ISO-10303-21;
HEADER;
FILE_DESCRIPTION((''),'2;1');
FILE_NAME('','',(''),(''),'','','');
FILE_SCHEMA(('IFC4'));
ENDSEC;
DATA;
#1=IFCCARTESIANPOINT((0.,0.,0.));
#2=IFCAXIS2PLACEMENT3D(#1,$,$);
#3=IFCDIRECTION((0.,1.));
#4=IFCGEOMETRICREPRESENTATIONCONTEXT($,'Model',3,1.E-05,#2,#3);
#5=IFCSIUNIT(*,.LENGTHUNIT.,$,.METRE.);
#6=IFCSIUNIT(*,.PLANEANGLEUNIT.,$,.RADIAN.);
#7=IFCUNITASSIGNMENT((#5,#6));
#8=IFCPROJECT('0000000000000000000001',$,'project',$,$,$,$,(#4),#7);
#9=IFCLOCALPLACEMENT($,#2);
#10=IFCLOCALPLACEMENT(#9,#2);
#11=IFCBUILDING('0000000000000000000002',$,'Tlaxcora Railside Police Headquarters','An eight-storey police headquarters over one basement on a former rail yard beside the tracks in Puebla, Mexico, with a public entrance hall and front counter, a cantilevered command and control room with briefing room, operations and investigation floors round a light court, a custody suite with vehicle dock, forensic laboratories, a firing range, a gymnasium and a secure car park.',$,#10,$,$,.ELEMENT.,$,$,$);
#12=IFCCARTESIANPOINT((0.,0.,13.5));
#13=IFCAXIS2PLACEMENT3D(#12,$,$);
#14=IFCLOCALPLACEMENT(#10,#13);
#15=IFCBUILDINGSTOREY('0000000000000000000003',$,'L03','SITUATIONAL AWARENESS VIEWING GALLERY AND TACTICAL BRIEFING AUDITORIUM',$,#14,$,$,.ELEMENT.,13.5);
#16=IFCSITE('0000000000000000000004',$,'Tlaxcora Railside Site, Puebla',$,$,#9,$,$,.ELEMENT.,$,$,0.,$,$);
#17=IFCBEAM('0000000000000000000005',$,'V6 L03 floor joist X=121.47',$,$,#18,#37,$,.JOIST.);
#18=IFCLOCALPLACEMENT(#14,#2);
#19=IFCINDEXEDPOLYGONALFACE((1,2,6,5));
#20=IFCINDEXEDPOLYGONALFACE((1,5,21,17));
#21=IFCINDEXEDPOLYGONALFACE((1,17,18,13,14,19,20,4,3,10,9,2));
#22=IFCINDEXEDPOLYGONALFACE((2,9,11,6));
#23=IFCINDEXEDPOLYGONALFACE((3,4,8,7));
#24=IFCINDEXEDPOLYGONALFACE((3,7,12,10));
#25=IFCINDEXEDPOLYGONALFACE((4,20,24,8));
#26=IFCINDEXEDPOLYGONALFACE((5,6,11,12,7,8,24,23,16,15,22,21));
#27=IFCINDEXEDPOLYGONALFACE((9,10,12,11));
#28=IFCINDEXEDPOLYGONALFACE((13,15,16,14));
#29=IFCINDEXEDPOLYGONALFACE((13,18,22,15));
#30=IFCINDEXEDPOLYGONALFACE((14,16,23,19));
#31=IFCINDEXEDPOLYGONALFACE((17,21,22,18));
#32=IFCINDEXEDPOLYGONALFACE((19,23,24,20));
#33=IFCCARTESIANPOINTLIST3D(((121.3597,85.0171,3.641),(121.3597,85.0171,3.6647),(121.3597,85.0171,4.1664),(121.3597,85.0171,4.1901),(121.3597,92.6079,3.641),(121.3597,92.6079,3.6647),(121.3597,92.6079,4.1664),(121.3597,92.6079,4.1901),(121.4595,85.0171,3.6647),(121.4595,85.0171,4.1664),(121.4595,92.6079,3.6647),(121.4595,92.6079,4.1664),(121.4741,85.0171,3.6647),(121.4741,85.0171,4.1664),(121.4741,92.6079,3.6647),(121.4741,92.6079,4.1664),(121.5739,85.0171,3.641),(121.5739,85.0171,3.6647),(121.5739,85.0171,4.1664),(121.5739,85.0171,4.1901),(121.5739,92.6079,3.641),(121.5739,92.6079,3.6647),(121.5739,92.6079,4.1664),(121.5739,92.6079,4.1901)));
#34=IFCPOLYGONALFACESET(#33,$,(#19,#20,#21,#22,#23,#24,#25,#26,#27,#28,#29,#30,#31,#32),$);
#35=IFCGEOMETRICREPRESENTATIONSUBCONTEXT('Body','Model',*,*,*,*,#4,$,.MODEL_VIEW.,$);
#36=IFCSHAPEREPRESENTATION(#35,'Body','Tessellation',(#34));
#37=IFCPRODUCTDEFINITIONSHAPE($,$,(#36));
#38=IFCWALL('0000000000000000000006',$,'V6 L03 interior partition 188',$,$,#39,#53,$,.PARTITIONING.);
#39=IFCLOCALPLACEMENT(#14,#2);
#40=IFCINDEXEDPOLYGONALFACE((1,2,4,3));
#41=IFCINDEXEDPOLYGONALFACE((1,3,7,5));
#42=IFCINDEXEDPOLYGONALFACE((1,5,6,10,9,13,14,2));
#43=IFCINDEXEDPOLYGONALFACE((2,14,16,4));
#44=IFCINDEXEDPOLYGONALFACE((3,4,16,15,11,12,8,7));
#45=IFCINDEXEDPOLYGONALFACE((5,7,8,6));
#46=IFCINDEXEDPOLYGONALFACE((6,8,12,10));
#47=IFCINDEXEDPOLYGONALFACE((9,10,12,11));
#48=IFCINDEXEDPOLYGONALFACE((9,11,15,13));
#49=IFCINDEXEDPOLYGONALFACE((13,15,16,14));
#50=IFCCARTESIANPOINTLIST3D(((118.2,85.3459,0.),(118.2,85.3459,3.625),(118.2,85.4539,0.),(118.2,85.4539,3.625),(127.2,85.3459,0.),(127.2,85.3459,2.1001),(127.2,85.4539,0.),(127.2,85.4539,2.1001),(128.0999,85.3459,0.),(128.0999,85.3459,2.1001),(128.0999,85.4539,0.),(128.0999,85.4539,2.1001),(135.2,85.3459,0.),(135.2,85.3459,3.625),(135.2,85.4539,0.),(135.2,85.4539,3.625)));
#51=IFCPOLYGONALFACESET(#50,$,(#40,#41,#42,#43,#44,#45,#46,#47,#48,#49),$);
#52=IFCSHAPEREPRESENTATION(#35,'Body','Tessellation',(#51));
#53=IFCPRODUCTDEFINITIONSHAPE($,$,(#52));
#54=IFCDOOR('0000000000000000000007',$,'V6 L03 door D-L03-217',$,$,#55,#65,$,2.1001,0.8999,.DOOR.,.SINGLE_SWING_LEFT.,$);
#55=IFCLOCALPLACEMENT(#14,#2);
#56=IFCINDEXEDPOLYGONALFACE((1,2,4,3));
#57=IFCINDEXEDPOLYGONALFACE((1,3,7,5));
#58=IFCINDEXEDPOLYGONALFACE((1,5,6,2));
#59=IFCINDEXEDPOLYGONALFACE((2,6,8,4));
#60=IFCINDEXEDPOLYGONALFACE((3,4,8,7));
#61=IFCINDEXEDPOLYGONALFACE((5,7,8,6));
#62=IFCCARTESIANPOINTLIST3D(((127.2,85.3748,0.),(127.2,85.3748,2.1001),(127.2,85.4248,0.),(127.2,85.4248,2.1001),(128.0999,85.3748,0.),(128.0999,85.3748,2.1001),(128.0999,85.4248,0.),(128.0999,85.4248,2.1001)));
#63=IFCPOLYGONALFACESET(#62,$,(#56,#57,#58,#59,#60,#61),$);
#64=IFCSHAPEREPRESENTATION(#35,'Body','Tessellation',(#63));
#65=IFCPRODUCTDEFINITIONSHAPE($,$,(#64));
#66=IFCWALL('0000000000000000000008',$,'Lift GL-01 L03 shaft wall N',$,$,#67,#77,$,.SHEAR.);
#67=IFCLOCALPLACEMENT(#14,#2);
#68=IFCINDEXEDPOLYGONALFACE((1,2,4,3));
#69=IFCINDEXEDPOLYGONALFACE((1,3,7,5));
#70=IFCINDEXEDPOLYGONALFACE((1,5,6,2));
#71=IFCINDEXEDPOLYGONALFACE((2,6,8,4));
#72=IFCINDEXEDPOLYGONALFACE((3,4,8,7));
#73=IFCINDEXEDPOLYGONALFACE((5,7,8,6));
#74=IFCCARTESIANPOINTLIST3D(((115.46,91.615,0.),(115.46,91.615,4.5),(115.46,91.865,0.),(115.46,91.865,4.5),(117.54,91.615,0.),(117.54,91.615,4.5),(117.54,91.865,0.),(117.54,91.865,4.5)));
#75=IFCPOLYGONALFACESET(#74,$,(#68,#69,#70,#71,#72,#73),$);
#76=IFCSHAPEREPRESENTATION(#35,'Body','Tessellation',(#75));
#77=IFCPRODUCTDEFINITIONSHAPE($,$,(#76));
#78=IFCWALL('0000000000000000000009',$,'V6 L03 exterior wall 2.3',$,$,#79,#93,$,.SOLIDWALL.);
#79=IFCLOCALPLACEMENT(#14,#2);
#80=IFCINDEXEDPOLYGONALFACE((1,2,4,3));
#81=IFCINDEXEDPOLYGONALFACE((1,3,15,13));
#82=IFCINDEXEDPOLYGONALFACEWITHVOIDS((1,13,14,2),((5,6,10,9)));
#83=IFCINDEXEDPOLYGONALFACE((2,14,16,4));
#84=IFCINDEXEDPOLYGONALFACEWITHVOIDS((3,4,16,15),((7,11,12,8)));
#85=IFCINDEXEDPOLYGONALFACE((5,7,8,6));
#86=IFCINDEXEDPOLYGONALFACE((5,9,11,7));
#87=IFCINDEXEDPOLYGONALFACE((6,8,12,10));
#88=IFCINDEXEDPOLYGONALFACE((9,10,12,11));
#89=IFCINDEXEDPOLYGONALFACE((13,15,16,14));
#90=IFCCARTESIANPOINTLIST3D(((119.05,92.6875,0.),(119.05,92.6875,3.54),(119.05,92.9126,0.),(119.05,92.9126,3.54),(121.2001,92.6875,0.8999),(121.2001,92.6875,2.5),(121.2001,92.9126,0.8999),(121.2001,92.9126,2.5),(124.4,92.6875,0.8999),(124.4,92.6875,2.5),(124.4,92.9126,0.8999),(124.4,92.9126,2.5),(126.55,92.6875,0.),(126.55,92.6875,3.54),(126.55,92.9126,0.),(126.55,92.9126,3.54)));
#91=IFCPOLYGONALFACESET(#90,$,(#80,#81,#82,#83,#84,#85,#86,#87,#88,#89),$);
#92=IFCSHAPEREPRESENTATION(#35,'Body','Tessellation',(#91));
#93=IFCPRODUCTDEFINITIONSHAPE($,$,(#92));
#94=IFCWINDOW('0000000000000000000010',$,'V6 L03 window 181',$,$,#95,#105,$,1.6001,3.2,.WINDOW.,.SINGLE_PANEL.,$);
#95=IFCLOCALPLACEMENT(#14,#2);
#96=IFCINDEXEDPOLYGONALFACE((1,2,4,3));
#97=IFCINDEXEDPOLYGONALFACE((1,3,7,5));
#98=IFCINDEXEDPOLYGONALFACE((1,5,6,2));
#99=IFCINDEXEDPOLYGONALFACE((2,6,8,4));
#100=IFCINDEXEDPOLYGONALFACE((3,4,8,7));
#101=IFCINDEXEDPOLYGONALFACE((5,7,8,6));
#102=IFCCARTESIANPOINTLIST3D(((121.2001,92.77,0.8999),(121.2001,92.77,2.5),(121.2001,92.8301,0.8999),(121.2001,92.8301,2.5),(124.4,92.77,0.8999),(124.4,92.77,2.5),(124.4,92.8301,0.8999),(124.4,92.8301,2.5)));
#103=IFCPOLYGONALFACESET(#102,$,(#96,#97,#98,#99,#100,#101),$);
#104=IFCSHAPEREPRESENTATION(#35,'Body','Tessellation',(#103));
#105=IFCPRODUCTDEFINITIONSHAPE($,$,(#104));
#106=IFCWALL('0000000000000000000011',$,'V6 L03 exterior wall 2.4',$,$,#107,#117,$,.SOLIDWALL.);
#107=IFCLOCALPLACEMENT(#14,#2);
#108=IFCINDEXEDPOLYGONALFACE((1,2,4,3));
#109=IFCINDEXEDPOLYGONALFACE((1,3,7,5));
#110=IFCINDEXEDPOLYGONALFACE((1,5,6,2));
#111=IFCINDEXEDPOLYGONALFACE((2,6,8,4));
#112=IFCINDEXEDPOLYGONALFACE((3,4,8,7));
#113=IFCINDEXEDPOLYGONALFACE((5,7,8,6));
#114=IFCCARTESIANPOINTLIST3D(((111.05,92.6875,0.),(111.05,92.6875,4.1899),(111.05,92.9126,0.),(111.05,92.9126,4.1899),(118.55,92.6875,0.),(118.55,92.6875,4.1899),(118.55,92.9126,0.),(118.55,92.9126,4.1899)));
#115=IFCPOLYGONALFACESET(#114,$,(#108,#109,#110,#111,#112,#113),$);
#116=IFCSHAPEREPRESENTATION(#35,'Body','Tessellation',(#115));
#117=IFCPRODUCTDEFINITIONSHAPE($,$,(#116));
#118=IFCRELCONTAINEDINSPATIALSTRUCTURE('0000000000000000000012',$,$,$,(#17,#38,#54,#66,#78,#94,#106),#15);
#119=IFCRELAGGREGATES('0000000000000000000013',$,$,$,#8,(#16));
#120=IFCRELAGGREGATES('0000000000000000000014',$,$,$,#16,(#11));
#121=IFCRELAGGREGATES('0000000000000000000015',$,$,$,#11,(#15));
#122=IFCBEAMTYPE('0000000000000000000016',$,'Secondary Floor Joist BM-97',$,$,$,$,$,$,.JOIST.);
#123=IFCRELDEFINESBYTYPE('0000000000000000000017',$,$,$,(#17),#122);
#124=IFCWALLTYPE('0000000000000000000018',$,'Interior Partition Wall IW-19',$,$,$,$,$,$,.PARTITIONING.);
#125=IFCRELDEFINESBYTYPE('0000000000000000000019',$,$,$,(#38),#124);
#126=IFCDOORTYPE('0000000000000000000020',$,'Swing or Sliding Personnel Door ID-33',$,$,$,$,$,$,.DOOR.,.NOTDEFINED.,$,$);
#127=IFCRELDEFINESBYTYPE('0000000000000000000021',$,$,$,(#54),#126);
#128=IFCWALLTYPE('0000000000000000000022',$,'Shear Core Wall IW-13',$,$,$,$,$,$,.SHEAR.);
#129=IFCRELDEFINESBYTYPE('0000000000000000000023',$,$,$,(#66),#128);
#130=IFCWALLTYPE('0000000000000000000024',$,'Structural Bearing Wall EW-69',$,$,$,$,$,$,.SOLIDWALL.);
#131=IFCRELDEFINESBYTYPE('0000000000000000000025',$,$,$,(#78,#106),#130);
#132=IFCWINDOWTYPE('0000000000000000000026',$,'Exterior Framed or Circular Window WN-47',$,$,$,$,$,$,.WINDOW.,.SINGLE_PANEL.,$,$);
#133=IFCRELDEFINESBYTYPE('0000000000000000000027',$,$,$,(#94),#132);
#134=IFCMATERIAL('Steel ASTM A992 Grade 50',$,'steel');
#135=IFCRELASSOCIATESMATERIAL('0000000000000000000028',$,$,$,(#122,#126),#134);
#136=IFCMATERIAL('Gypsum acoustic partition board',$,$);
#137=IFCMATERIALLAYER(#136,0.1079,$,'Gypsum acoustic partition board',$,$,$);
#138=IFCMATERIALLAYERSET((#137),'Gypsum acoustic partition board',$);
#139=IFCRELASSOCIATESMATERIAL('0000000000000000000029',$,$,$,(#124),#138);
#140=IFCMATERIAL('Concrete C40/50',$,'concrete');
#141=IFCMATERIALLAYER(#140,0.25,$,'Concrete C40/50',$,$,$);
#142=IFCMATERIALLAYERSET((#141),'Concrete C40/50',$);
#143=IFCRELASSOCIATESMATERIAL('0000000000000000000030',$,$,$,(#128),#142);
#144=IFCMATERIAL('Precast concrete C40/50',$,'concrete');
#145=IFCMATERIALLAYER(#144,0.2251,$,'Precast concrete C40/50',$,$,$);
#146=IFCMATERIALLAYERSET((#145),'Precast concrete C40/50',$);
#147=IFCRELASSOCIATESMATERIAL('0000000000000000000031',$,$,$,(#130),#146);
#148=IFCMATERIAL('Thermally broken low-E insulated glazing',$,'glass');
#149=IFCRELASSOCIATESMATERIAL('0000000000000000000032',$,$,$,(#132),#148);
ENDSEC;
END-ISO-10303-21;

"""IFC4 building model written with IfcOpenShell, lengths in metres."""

from ifc_helpers import new_model, si_unit, direction, frame, frame_2d, origin, origin_2d, place, context, subcontext, project, spatial, rectangle, i_section, extrude, material, layer, layer_set, material_profile, profile_set, type_object, element, fill, save


model = new_model("IFC4")

# Units and contexts
model_context = context("Model", 3, precision=1e-05, world=origin(), true_north=direction((0.0, 1.0)))
body_context = subcontext(model_context, "Body", "Model", "MODEL_VIEW")
ifc_project = project(units=[si_unit("LENGTHUNIT", "METRE"), si_unit("PLANEANGLEUNIT", "RADIAN")], contexts=[model_context])

# Site, building, storey
site_placement = place(None, origin())
site = spatial("IfcSite", under=ifc_project, at=site_placement, Name="Tlaxcora Railside Site, Puebla", CompositionType="ELEMENT", RefElevation=0.0)
building_placement = place(site_placement, origin())
building = spatial("IfcBuilding", under=site, at=building_placement, Name="Tlaxcora Railside Police Headquarters", Description="An eight-storey police headquarters over one basement on a former rail yard beside the tracks in Puebla, Mexico, with a public entrance hall and front counter, a cantilevered command and control room with briefing room, operations and investigation floors round a light court, a custody suite with vehicle dock, forensic laboratories, a firing range, a gymnasium and a secure car park.", CompositionType="ELEMENT")
storey_placement = place(building_placement, frame((0.0, 0.0, 13.5)))
storey = spatial("IfcBuildingStorey", under=building, at=storey_placement, Name="L03", Description="SITUATIONAL AWARENESS VIEWING GALLERY AND TACTICAL BRIEFING AUDITORIUM", CompositionType="ELEMENT", Elevation=13.5)

# Shared definitions
ifc_material_1 = material(Name="Concrete C40/50", Category="concrete")

# Shared definitions
ifc_material_2 = material(Name="Thermally broken low-E insulated glazing", Category="glass")

# Beam
ifc_material_3 = material(Name="Steel ASTM A992 Grade 50", Category="steel")
ifc_material_profile_1 = material_profile(ifc_material_3, i_section(OverallWidth=0.2141, OverallDepth=0.5491, WebThickness=0.0146, FlangeThickness=0.0237, at=origin_2d()), Name="W21X93")
ifc_profile_set_1 = profile_set([ifc_material_profile_1], Name="Steel ASTM A992 Grade 50")
beam_type_1 = type_object("IfcBeamType", Name="Secondary Floor Joist BM-97", PredefinedType="JOIST", material=ifc_profile_set_1)
beam_1_placement = place(storey_placement, frame((121.4668, 85.0171, 3.9155), z_axis=(0.0, 1.0, 0.0), x_axis=(-1.0, 0.0, 0.0)))
element("IfcBeam", 1, at=beam_1_placement, inside=storey, type_object=beam_type_1, Name="V6 L03 floor joist X=121.47", PredefinedType="JOIST", context=body_context, shape_type="SweptSolid", body=[
    extrude(i_section(OverallWidth=0.2141, OverallDepth=0.5491, WebThickness=0.0146, FlangeThickness=0.0237, at=origin_2d()), origin(), (0.0, 0.0, 1.0), 7.5908),
])

# Wall, opening, door
ifc_material_4 = material(Name="Gypsum acoustic partition board")
ifc_layer_1 = layer(ifc_material_4, 0.1079, Name="Gypsum acoustic partition board")
ifc_layer_set_1 = layer_set([ifc_layer_1], Name="Gypsum acoustic partition board")
wall_type_1 = type_object("IfcWallType", Name="Interior Partition Wall IW-19", PredefinedType="PARTITIONING", material=ifc_layer_set_1)
wall_1_placement = place(storey_placement, frame((118.2, 85.3999, 0.0), z_axis=(0.0, 0.0, 1.0), x_axis=(1.0, 0.0, 0.0)))
wall_1 = element("IfcWall", 2, at=wall_1_placement, inside=storey, type_object=wall_type_1, Name="V6 L03 interior partition 188", PredefinedType="PARTITIONING", context=body_context, shape_type="SweptSolid", body=[
    extrude(rectangle(XDim=17.0, YDim=0.1079, at=frame_2d((8.5, 0.0))), origin(), (0.0, 0.0, 1.0), 3.625),
])
opening_1_placement = place(wall_1_placement, frame((9.0, 0.0, 0.0)))
opening_1 = element("IfcOpeningElement", 3, at=opening_1_placement, cuts=wall_1, PredefinedType="OPENING", context=body_context, shape_type="SweptSolid", body=[
    extrude(rectangle(XDim=0.8999, YDim=2.1001, at=frame_2d((0.45, 1.05))), frame((0.0, 0.064, 0.0), z_axis=(0.0, -1.0, 0.0), x_axis=(1.0, 0.0, 0.0)), (0.0, 0.0, 1.0), 0.1279),
])
door_type = type_object("IfcDoorType", Name="Swing or Sliding Personnel Door ID-33", OperationType="NOTDEFINED", PredefinedType="DOOR", material=ifc_material_3)
door_placement = place(opening_1_placement, origin())
door = element("IfcDoor", 4, at=door_placement, inside=storey, type_object=door_type, Name="V6 L03 door D-L03-217", OperationType="SINGLE_SWING_LEFT", OverallHeight=2.1001, OverallWidth=0.8999, PredefinedType="DOOR", context=body_context, shape_type="SweptSolid", body=[
    extrude(rectangle(XDim=0.8999, YDim=2.1001, at=frame_2d((0.45, 1.05))), frame((0.0, 0.0249, 0.0), z_axis=(0.0, -1.0, 0.0), x_axis=(1.0, 0.0, 0.0)), (0.0, 0.0, 1.0), 0.05),
])
fill(opening_1, door)

# Wall
ifc_layer_2 = layer(ifc_material_1, 0.25, Name="Concrete C40/50")
ifc_layer_set_2 = layer_set([ifc_layer_2], Name="Concrete C40/50")
wall_type_2 = type_object("IfcWallType", Name="Shear Core Wall IW-13", PredefinedType="SHEAR", material=ifc_layer_set_2)
wall_2_placement = place(storey_placement, frame((117.54, 91.74, 0.0), z_axis=(0.0, 0.0, 1.0), x_axis=(-1.0, 0.0, 0.0)))
element("IfcWall", 5, at=wall_2_placement, inside=storey, type_object=wall_type_2, Name="Lift GL-01 L03 shaft wall N", PredefinedType="SHEAR", context=body_context, shape_type="SweptSolid", body=[
    extrude(rectangle(XDim=2.0801, YDim=0.25, at=frame_2d((1.04, 0.0))), origin(), (0.0, 0.0, 1.0), 4.5),
])

# Wall, opening, window
ifc_material_5 = material(Name="Precast concrete C40/50", Category="concrete")
ifc_layer_3 = layer(ifc_material_5, 0.2251, Name="Precast concrete C40/50")
ifc_layer_set_3 = layer_set([ifc_layer_3], Name="Precast concrete C40/50")
wall_type_3 = type_object("IfcWallType", Name="Structural Bearing Wall EW-69", PredefinedType="SOLIDWALL", material=ifc_layer_set_3)
wall_3_placement = place(storey_placement, frame((126.55, 92.8, 0.0), z_axis=(0.0, 0.0, 1.0), x_axis=(-1.0, 0.0, 0.0)))
wall_3 = element("IfcWall", 6, at=wall_3_placement, inside=storey, type_object=wall_type_3, Name="V6 L03 exterior wall 2.3", PredefinedType="SOLIDWALL", context=body_context, shape_type="SweptSolid", body=[
    extrude(rectangle(XDim=7.5, YDim=0.2251, at=frame_2d((3.75, 0.0))), origin(), (0.0, 0.0, 1.0), 3.54),
])
opening_2_placement = place(wall_3_placement, frame((2.1499, 0.0, 0.8999)))
opening_2 = element("IfcOpeningElement", 7, at=opening_2_placement, cuts=wall_3, PredefinedType="OPENING", context=body_context, shape_type="SweptSolid", body=[
    extrude(rectangle(XDim=3.2, YDim=1.6001, at=frame_2d((1.6001, 0.8))), frame((0.0, 0.1226, 0.0), z_axis=(0.0, -1.0, 0.0), x_axis=(1.0, 0.0, 0.0)), (0.0, 0.0, 1.0), 0.2451),
])
window_type = type_object("IfcWindowType", Name="Exterior Framed or Circular Window WN-47", PartitioningType="SINGLE_PANEL", PredefinedType="WINDOW", material=ifc_material_2)
window_placement = place(opening_2_placement, origin())
window = element("IfcWindow", 8, at=window_placement, inside=storey, type_object=window_type, Name="V6 L03 window 181", OverallHeight=1.6001, OverallWidth=3.2, PartitioningType="SINGLE_PANEL", PredefinedType="WINDOW", context=body_context, shape_type="SweptSolid", body=[
    extrude(rectangle(XDim=3.2, YDim=1.6001, at=frame_2d((1.6001, 0.8))), frame((0.0, 0.03, 0.0), z_axis=(0.0, -1.0, 0.0), x_axis=(1.0, 0.0, 0.0)), (0.0, 0.0, 1.0), 0.0601),
])
fill(opening_2, window)

# Wall
wall_4_placement = place(storey_placement, frame((118.55, 92.8, 0.0), z_axis=(0.0, 0.0, 1.0), x_axis=(-1.0, 0.0, 0.0)))
element("IfcWall", 9, at=wall_4_placement, inside=storey, type_object=wall_type_3, Name="V6 L03 exterior wall 2.4", PredefinedType="SOLIDWALL", context=body_context, shape_type="SweptSolid", body=[
    extrude(rectangle(XDim=7.5, YDim=0.2251, at=frame_2d((3.75, 0.0))), origin(), (0.0, 0.0, 1.0), 4.1899),
])

save(model, "model.ifc")
